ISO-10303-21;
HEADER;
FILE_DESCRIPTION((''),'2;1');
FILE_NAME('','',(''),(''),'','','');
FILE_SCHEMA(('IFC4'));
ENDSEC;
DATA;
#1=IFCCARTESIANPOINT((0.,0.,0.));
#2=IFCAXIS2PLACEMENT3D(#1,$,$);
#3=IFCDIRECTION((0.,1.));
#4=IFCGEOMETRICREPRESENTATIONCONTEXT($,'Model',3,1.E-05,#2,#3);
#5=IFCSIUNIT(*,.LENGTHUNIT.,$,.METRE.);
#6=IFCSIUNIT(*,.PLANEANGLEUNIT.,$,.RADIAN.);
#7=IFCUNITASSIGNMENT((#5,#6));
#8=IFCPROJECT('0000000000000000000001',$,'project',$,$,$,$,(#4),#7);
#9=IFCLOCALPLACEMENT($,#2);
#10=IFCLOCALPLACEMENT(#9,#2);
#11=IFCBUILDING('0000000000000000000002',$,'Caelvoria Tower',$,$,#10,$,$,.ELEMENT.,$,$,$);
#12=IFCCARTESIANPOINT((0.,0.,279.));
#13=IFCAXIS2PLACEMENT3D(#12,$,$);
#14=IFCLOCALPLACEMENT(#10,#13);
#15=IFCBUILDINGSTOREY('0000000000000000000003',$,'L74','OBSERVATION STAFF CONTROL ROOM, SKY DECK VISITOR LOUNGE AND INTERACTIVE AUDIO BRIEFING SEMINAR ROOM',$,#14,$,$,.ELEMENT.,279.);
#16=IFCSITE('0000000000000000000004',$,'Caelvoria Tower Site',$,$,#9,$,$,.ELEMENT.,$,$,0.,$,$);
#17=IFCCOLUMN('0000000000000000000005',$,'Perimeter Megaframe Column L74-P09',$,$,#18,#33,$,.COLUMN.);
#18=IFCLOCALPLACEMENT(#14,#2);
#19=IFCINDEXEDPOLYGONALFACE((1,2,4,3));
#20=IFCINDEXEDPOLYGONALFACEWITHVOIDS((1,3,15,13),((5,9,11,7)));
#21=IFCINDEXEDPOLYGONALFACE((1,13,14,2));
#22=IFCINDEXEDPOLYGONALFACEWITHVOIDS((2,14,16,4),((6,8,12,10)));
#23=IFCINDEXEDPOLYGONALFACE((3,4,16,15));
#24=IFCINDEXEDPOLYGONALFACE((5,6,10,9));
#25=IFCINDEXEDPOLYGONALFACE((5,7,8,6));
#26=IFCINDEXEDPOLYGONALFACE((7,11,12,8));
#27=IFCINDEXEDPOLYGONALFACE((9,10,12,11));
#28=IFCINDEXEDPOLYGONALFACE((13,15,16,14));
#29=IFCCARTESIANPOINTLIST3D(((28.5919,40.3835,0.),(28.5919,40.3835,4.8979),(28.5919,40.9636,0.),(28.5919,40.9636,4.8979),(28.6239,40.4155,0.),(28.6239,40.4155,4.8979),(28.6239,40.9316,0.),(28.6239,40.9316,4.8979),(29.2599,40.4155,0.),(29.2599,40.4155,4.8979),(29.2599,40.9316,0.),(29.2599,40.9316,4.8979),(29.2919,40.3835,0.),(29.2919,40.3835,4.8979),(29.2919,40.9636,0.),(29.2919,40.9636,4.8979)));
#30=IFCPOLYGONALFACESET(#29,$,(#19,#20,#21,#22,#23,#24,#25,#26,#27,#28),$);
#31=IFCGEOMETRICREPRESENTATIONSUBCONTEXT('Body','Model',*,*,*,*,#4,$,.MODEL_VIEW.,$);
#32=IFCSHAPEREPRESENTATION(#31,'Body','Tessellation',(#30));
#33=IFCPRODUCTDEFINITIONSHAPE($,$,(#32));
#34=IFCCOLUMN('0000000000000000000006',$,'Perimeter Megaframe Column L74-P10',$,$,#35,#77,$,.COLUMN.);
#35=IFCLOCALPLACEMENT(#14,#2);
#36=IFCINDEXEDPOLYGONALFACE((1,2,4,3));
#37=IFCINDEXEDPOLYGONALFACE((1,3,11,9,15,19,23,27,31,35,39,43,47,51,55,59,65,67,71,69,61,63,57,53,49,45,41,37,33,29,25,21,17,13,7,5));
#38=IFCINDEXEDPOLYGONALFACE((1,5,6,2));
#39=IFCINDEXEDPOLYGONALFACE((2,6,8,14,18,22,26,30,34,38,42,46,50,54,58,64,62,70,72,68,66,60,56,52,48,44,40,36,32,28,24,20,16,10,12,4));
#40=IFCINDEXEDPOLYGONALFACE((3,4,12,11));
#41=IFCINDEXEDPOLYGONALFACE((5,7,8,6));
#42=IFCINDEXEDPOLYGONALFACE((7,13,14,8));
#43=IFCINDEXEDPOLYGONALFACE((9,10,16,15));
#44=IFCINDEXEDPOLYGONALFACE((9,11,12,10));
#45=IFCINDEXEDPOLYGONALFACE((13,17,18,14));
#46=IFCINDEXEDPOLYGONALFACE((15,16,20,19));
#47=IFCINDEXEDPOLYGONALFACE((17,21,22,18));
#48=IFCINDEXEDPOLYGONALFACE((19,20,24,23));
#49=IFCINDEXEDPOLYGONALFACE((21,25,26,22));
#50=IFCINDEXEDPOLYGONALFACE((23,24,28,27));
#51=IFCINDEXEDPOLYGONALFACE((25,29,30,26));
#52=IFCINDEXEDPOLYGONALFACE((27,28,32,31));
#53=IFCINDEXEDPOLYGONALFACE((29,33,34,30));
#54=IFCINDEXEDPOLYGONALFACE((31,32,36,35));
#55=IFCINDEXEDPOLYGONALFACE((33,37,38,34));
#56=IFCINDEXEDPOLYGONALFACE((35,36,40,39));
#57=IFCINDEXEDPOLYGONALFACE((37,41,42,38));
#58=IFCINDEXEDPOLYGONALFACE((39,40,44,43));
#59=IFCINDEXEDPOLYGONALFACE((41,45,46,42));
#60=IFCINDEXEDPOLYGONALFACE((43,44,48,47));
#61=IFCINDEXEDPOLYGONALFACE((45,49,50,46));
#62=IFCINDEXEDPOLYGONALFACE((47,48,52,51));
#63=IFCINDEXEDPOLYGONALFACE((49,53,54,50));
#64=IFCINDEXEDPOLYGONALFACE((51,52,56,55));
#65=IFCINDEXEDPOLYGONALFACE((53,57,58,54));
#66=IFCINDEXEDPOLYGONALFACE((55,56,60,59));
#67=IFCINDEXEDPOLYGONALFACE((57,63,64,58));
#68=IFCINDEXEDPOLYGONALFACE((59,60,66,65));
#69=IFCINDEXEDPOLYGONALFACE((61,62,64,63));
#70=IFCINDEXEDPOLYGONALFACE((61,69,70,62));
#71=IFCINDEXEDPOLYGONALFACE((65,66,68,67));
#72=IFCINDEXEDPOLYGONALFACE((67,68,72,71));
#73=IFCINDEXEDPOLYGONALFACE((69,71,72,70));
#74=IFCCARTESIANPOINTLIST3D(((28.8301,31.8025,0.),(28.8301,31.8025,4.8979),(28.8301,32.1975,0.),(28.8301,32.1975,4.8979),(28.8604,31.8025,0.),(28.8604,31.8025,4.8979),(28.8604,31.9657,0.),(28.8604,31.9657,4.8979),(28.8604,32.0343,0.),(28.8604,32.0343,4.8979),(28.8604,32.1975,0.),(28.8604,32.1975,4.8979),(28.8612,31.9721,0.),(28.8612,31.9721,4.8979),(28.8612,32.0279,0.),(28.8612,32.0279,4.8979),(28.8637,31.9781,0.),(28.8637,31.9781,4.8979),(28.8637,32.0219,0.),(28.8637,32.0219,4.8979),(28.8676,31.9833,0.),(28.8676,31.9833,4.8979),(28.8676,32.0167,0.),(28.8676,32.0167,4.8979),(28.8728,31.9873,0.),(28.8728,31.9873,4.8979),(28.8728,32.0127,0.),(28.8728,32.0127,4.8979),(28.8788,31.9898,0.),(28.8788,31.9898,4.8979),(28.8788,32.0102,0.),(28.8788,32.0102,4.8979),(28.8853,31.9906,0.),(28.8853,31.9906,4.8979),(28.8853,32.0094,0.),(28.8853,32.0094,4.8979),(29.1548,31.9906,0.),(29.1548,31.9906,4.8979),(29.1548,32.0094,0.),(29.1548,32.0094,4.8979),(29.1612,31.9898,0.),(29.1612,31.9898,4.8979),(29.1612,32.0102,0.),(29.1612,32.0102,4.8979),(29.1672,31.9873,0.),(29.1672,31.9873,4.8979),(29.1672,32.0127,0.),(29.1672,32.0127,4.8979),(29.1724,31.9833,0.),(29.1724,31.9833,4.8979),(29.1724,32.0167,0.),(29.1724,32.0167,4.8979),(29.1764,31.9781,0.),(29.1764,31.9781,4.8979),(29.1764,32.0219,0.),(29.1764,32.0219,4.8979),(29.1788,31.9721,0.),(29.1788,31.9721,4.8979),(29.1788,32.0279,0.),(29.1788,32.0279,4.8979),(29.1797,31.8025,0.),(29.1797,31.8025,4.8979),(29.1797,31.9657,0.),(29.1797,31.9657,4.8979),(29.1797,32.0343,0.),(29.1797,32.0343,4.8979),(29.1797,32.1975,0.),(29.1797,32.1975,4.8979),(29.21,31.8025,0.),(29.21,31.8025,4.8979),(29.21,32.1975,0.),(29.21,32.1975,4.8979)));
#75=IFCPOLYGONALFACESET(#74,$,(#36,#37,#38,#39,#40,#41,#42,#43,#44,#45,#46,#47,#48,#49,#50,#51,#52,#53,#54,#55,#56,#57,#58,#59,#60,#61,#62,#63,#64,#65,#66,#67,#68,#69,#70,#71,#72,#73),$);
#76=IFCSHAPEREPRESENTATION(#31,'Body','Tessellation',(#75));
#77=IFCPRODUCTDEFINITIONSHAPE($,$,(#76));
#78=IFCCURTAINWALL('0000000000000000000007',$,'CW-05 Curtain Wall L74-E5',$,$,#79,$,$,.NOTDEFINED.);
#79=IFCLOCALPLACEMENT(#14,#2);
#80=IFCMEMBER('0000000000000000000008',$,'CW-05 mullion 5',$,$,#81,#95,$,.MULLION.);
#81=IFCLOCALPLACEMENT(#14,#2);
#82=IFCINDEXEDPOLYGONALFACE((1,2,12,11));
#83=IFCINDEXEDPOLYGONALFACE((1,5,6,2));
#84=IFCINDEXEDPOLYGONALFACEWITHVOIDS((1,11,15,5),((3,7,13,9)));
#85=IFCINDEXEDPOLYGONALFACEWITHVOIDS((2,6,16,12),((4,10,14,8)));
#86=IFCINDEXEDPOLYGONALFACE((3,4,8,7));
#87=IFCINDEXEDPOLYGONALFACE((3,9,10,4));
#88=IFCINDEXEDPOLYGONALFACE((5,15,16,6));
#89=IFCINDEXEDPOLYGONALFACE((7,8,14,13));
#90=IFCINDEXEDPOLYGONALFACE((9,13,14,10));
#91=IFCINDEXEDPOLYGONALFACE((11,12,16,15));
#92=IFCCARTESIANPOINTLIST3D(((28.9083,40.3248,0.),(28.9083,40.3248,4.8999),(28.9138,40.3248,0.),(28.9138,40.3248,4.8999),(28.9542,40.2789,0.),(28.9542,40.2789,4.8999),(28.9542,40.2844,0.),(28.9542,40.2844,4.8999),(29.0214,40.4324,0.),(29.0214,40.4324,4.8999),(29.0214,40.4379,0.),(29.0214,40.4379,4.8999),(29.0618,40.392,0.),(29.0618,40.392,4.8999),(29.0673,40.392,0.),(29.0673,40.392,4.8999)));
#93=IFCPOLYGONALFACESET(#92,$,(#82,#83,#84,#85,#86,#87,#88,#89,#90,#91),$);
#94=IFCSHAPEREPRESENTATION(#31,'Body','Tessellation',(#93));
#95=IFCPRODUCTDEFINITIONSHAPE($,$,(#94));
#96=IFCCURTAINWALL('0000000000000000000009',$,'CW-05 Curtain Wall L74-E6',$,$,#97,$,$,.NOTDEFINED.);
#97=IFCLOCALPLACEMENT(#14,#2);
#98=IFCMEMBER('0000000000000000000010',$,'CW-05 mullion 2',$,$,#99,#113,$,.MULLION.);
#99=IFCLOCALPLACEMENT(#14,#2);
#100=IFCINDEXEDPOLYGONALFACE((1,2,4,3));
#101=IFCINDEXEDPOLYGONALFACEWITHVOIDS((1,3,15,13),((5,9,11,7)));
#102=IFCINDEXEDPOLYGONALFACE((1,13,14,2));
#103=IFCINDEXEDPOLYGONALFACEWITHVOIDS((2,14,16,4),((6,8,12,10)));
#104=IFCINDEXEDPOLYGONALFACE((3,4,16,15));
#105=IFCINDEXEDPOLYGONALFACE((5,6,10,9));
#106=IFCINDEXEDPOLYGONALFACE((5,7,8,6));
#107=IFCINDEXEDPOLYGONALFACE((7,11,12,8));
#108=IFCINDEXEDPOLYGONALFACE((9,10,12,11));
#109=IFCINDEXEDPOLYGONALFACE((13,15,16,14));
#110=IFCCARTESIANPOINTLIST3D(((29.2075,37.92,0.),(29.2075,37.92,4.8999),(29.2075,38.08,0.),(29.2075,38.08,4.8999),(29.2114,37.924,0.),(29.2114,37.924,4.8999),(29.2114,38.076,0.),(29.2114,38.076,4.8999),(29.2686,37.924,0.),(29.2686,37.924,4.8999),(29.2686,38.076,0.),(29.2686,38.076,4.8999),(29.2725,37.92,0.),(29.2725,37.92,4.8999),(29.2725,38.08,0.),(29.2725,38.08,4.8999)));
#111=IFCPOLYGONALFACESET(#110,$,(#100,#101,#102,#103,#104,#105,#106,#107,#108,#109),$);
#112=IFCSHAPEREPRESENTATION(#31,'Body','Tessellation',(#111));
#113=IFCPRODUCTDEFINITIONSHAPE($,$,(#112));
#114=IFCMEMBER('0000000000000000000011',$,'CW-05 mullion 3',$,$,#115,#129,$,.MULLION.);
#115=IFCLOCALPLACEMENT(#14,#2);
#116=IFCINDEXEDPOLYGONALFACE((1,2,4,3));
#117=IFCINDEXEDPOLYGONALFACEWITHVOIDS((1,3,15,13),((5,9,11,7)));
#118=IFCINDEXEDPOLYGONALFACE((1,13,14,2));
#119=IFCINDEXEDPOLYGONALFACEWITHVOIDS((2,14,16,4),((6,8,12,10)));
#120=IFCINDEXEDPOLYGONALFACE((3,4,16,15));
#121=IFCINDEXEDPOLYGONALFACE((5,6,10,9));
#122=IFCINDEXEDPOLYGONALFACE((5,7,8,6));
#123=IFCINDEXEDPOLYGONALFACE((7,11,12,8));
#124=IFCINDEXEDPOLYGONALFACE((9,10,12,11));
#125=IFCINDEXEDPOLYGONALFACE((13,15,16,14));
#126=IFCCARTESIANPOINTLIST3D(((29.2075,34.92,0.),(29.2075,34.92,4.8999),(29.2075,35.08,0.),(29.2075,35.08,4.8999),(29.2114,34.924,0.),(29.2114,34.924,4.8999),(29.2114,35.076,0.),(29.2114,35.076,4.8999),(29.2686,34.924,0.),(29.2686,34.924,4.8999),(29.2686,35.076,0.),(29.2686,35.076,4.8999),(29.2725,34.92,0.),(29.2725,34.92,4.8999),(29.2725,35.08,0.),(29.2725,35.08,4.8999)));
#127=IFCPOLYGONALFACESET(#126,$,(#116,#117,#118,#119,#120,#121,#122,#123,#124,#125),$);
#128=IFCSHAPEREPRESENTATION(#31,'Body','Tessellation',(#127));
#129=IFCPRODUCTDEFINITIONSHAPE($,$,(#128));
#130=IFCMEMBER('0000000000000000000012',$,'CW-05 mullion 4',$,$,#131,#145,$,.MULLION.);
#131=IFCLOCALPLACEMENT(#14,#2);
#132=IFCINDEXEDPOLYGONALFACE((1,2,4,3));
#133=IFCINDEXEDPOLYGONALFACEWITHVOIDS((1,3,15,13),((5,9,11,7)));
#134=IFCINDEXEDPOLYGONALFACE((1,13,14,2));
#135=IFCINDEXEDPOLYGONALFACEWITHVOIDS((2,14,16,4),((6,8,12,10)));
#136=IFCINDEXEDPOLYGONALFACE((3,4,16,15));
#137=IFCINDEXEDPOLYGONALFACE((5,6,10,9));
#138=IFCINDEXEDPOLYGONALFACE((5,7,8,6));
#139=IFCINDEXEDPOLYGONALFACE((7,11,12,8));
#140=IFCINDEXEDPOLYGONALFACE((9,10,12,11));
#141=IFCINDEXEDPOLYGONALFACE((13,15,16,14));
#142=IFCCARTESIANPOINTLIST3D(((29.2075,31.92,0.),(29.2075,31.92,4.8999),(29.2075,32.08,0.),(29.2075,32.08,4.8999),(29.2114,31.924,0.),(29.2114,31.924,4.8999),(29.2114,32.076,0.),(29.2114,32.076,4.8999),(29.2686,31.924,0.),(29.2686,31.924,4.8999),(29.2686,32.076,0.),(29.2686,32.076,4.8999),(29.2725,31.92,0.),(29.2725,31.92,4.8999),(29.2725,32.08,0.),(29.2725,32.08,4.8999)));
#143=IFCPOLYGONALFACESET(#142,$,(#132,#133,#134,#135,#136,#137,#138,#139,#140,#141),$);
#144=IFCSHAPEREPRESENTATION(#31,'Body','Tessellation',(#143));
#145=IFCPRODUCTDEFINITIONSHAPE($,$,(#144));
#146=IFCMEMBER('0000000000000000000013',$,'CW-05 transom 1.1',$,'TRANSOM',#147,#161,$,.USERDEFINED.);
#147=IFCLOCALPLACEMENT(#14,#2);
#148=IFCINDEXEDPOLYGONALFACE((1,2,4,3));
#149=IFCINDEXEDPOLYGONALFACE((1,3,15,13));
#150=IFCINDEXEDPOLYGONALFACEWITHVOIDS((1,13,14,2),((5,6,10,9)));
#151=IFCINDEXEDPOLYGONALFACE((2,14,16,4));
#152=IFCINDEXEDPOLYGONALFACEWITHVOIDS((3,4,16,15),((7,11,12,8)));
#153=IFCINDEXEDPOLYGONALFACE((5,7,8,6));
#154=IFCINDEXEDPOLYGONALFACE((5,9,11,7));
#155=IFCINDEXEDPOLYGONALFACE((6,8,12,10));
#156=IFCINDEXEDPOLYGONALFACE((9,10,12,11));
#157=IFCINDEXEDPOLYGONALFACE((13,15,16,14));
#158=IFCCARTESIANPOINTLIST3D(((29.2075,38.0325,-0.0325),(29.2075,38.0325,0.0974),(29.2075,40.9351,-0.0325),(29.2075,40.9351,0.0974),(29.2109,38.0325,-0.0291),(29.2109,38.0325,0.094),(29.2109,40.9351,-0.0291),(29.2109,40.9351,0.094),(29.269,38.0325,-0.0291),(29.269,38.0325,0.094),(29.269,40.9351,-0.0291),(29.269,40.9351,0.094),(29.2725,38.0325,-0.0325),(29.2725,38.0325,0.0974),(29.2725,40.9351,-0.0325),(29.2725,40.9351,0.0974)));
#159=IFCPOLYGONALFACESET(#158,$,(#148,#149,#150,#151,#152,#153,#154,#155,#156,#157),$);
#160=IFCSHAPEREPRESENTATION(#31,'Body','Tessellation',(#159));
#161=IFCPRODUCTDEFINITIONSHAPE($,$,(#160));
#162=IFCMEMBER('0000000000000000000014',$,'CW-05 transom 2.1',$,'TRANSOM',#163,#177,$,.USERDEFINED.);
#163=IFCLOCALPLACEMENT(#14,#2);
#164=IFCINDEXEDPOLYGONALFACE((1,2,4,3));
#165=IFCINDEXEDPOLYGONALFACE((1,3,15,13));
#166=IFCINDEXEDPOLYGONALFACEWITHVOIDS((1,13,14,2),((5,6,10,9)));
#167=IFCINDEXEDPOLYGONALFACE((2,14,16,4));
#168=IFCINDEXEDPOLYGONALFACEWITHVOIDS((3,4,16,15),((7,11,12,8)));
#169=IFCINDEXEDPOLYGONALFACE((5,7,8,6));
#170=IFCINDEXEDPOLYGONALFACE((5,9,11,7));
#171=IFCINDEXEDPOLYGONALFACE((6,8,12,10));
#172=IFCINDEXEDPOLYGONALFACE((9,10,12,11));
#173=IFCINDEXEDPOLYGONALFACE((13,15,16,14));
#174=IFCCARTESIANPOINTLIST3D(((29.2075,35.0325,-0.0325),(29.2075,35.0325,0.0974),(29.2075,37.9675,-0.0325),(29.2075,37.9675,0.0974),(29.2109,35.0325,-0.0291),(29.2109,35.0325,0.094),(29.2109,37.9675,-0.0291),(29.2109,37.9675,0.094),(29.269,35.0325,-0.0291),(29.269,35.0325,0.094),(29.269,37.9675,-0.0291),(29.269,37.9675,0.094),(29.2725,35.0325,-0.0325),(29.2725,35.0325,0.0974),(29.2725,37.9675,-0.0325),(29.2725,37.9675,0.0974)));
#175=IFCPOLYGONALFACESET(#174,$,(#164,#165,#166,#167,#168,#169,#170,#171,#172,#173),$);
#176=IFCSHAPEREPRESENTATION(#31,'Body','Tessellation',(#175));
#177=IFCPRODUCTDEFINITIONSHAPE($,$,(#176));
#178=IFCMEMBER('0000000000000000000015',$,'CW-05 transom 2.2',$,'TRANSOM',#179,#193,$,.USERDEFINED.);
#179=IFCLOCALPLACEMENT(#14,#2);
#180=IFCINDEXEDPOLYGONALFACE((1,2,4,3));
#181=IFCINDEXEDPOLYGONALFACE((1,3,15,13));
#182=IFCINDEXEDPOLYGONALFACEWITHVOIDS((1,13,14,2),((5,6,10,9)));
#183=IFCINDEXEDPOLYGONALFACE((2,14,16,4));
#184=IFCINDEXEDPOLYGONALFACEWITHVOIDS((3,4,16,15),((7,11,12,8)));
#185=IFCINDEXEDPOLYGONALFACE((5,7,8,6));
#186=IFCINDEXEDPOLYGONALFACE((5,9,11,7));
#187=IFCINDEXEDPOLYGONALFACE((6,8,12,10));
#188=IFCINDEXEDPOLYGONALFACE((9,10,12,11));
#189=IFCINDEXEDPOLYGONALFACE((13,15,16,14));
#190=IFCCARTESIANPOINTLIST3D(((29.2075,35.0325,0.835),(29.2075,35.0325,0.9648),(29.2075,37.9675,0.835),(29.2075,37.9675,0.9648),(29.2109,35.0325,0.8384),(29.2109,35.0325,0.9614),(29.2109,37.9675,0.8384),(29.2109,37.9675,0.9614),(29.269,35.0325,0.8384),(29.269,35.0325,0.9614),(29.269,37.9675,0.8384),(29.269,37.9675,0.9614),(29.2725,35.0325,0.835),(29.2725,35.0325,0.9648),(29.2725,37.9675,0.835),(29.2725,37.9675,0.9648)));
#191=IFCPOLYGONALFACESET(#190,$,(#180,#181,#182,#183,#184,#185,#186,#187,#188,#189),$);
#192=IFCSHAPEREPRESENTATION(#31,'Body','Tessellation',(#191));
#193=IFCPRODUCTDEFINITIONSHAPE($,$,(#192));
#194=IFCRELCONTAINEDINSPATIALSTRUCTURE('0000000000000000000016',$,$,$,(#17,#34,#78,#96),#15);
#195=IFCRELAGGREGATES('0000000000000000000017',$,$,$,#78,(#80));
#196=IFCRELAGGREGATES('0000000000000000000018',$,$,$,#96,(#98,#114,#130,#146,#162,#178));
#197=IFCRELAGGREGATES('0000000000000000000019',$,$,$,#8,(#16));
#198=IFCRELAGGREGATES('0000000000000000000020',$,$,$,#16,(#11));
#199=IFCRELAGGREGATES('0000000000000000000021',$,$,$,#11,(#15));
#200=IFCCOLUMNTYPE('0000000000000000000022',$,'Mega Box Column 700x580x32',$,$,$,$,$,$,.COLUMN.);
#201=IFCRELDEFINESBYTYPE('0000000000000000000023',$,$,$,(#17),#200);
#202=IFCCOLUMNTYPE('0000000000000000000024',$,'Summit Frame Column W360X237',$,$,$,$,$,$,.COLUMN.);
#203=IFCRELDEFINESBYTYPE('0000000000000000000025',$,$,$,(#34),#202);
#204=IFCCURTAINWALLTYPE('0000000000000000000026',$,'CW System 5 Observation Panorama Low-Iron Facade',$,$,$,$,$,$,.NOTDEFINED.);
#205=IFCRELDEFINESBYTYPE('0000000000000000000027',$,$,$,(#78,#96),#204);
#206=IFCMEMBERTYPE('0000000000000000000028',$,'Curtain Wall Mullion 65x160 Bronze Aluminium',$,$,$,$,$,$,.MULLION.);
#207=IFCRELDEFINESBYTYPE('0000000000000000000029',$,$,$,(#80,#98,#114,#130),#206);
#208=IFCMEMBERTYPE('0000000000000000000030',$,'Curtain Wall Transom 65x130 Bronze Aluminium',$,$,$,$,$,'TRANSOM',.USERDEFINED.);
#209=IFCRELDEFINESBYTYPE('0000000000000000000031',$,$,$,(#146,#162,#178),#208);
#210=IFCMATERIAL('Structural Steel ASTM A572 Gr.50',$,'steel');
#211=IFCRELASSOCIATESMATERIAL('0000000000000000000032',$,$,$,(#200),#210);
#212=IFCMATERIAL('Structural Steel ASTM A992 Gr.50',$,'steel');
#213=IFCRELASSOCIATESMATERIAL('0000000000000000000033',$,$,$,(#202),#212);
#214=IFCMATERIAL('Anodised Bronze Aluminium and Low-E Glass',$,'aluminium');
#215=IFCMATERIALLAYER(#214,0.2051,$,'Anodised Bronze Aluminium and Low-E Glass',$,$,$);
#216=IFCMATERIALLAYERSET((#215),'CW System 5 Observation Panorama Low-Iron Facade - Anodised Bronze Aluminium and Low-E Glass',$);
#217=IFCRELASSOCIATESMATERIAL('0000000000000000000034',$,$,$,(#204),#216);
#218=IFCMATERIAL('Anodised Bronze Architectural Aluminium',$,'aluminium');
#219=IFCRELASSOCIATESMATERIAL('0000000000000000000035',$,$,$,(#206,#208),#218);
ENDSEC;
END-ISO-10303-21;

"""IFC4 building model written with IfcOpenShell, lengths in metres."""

from ifc_helpers import new_model, si_unit, direction, frame, origin, origin_2d, place, context, subcontext, project, spatial, hollow_rectangle, i_section, extrude, material, layer, layer_set, material_profile, profile_set, type_object, element, aggregate, save


model = new_model("IFC4")

# Units and contexts
model_context = context("Model", 3, precision=1e-05, world=origin(), true_north=direction((0.0, 1.0)))
body_context = subcontext(model_context, "Body", "Model", "MODEL_VIEW")
ifc_project = project(units=[si_unit("LENGTHUNIT", "METRE"), si_unit("PLANEANGLEUNIT", "RADIAN")], contexts=[model_context])

# Site, building, storey
site_placement = place(None, origin())
site = spatial("IfcSite", under=ifc_project, at=site_placement, Name="Caelvoria Tower Site", CompositionType="ELEMENT", RefElevation=0.0)
building_placement = place(site_placement, origin())
building = spatial("IfcBuilding", under=site, at=building_placement, Name="Caelvoria Tower", CompositionType="ELEMENT")
storey_placement = place(building_placement, frame((0.0, 0.0, 279.0)))
storey = spatial("IfcBuildingStorey", under=building, at=storey_placement, Name="L74", Description="OBSERVATION STAFF CONTROL ROOM, SKY DECK VISITOR LOUNGE AND INTERACTIVE AUDIO BRIEFING SEMINAR ROOM", CompositionType="ELEMENT", Elevation=279.0)

# Columns
ifc_material_1 = material(Name="Structural Steel ASTM A572 Gr.50", Category="steel")
ifc_material_profile_1 = material_profile(ifc_material_1, hollow_rectangle(XDim=0.5801, YDim=0.7, WallThickness=0.032, at=origin_2d()), Name="Structural Steel ASTM A572 Gr.50")
ifc_profile_set_1 = profile_set([ifc_material_profile_1], Name="BOX700X580X32 - Structural Steel ASTM A572 Gr.50")
column_type_1 = type_object("IfcColumnType", Name="Mega Box Column 700x580x32", PredefinedType="COLUMN", material=ifc_profile_set_1)
column_1_placement = place(storey_placement, frame((28.9419, 40.6736, 0.0), z_axis=(0.0, 0.0, 1.0), x_axis=(0.0, 1.0, 0.0)))
element("IfcColumn", 1, at=column_1_placement, inside=storey, type_object=column_type_1, Name="Perimeter Megaframe Column L74-P09", PredefinedType="COLUMN", context=body_context, shape_type="SweptSolid", body=[
    extrude(hollow_rectangle(XDim=0.5801, YDim=0.7, WallThickness=0.032, at=origin_2d()), origin(), (0.0, 0.0, 1.0), 4.8979),
])
ifc_material_2 = material(Name="Structural Steel ASTM A992 Gr.50", Category="steel")
ifc_material_profile_2 = material_profile(ifc_material_2, i_section(OverallWidth=0.395, OverallDepth=0.3799, WebThickness=0.0188, FlangeThickness=0.0303, FilletRadius=0.0249, at=origin_2d()), Name="Structural Steel ASTM A992 Gr.50")
ifc_profile_set_2 = profile_set([ifc_material_profile_2], Name="W360X237 - Structural Steel ASTM A992 Gr.50")
column_type_2 = type_object("IfcColumnType", Name="Summit Frame Column W360X237", PredefinedType="COLUMN", material=ifc_profile_set_2)
column_2_placement = place(storey_placement, frame((29.02, 32.0, 0.0), z_axis=(0.0, 0.0, 1.0), x_axis=(0.0, 1.0, 0.0)))
element("IfcColumn", 2, at=column_2_placement, inside=storey, type_object=column_type_2, Name="Perimeter Megaframe Column L74-P10", PredefinedType="COLUMN", context=body_context, shape_type="SweptSolid", body=[
    extrude(i_section(OverallWidth=0.395, OverallDepth=0.3799, WebThickness=0.0188, FlangeThickness=0.0303, FilletRadius=0.0249, at=origin_2d()), origin(), (0.0, 0.0, 1.0), 4.8979),
])

# Curtain wall, member
ifc_material_3 = material(Name="Anodised Bronze Aluminium and Low-E Glass", Category="aluminium")
ifc_layer_1 = layer(ifc_material_3, 0.2051, Name="Anodised Bronze Aluminium and Low-E Glass")
ifc_layer_set_1 = layer_set([ifc_layer_1], Name="CW System 5 Observation Panorama Low-Iron Facade - Anodised Bronze Aluminium and Low-E Glass")
curtain_wall_type = type_object("IfcCurtainWallType", Name="CW System 5 Observation Panorama Low-Iron Facade", PredefinedType="NOTDEFINED", material=ifc_layer_set_1)
curtain_wall_1_placement = place(storey_placement, origin())
curtain_wall_1 = element("IfcCurtainWall", 3, at=curtain_wall_1_placement, inside=storey, type_object=curtain_wall_type, Name="CW-05 Curtain Wall L74-E5", PredefinedType="NOTDEFINED")
ifc_material_4 = material(Name="Anodised Bronze Architectural Aluminium", Category="aluminium")
ifc_material_profile_3 = material_profile(ifc_material_4, hollow_rectangle(XDim=0.0649, YDim=0.1599, WallThickness=0.0039, at=origin_2d()), Name="Anodised Bronze Architectural Aluminium")
ifc_profile_set_3 = profile_set([ifc_material_profile_3], Name="CW_MULL_65X160 - Anodised Bronze Architectural Aluminium")
member_type_1 = type_object("IfcMemberType", Name="Curtain Wall Mullion 65x160 Bronze Aluminium", PredefinedType="MULLION", material=ifc_profile_set_3)
member_1_placement = place(storey_placement, frame((28.9878, 40.3584, 0.0), z_axis=(0.0, 0.0, 1.0), x_axis=(0.707107, -0.707107, 0.0)))
member_1 = element("IfcMember", 4, at=member_1_placement, type_object=member_type_1, Name="CW-05 mullion 5", PredefinedType="MULLION", context=body_context, shape_type="SweptSolid", body=[
    extrude(hollow_rectangle(XDim=0.0649, YDim=0.1599, WallThickness=0.0039, at=origin_2d()), origin(), (0.0, 0.0, 1.0), 4.8999),
])
aggregate(curtain_wall_1, [member_1])

# Curtain wall, members
curtain_wall_2_placement = place(storey_placement, origin())
curtain_wall_2 = element("IfcCurtainWall", 5, at=curtain_wall_2_placement, inside=storey, type_object=curtain_wall_type, Name="CW-05 Curtain Wall L74-E6", PredefinedType="NOTDEFINED")
member_2_placement = place(storey_placement, frame((29.24, 38.0, 0.0), z_axis=(0.0, 0.0, 1.0), x_axis=(1.0, 0.0, 0.0)))
member_2 = element("IfcMember", 6, at=member_2_placement, type_object=member_type_1, Name="CW-05 mullion 2", PredefinedType="MULLION", context=body_context, shape_type="SweptSolid", body=[
    extrude(hollow_rectangle(XDim=0.0649, YDim=0.1599, WallThickness=0.0039, at=origin_2d()), origin(), (0.0, 0.0, 1.0), 4.8999),
])
member_3_placement = place(storey_placement, frame((29.24, 35.0, 0.0), z_axis=(0.0, 0.0, 1.0), x_axis=(1.0, 0.0, 0.0)))
member_3 = element("IfcMember", 7, at=member_3_placement, type_object=member_type_1, Name="CW-05 mullion 3", PredefinedType="MULLION", context=body_context, shape_type="SweptSolid", body=[
    extrude(hollow_rectangle(XDim=0.0649, YDim=0.1599, WallThickness=0.0039, at=origin_2d()), origin(), (0.0, 0.0, 1.0), 4.8999),
])
member_4_placement = place(storey_placement, frame((29.24, 32.0, 0.0), z_axis=(0.0, 0.0, 1.0), x_axis=(1.0, 0.0, 0.0)))
member_4 = element("IfcMember", 8, at=member_4_placement, type_object=member_type_1, Name="CW-05 mullion 4", PredefinedType="MULLION", context=body_context, shape_type="SweptSolid", body=[
    extrude(hollow_rectangle(XDim=0.0649, YDim=0.1599, WallThickness=0.0039, at=origin_2d()), origin(), (0.0, 0.0, 1.0), 4.8999),
])
ifc_material_profile_4 = material_profile(ifc_material_4, hollow_rectangle(XDim=0.0649, YDim=0.1299, WallThickness=0.0034, at=origin_2d()), Name="Anodised Bronze Architectural Aluminium")
ifc_profile_set_4 = profile_set([ifc_material_profile_4], Name="CW_TRAN_65X130 - Anodised Bronze Architectural Aluminium")
member_type_2 = type_object("IfcMemberType", Name="Curtain Wall Transom 65x130 Bronze Aluminium", ElementType="TRANSOM", PredefinedType="USERDEFINED", material=ifc_profile_set_4)
member_5_placement = place(storey_placement, frame((29.24, 40.9351, 0.0325), z_axis=(0.0, -1.0, 0.0), x_axis=(1.0, 0.0, 0.0)))
member_5 = element("IfcMember", 9, at=member_5_placement, type_object=member_type_2, Name="CW-05 transom 1.1", ObjectType="TRANSOM", PredefinedType="USERDEFINED", context=body_context, shape_type="SweptSolid", body=[
    extrude(hollow_rectangle(XDim=0.0649, YDim=0.1299, WallThickness=0.0034, at=origin_2d()), origin(), (0.0, 0.0, 1.0), 2.9026),
])
member_6_placement = place(storey_placement, frame((29.24, 37.9675, 0.0325), z_axis=(0.0, -1.0, 0.0), x_axis=(1.0, 0.0, 0.0)))
member_6 = element("IfcMember", 10, at=member_6_placement, type_object=member_type_2, Name="CW-05 transom 2.1", ObjectType="TRANSOM", PredefinedType="USERDEFINED", context=body_context, shape_type="SweptSolid", body=[
    extrude(hollow_rectangle(XDim=0.0649, YDim=0.1299, WallThickness=0.0034, at=origin_2d()), origin(), (0.0, 0.0, 1.0), 2.9351),
])
member_7_placement = place(storey_placement, frame((29.24, 37.9675, 0.8999), z_axis=(0.0, -1.0, 0.0), x_axis=(1.0, 0.0, 0.0)))
member_7 = element("IfcMember", 11, at=member_7_placement, type_object=member_type_2, Name="CW-05 transom 2.2", ObjectType="TRANSOM", PredefinedType="USERDEFINED", context=body_context, shape_type="SweptSolid", body=[
    extrude(hollow_rectangle(XDim=0.0649, YDim=0.1299, WallThickness=0.0034, at=origin_2d()), origin(), (0.0, 0.0, 1.0), 2.9351),
])

aggregate(curtain_wall_2, [member_2, member_3, member_4, member_5, member_6, member_7])

save(model, "model.ifc")
